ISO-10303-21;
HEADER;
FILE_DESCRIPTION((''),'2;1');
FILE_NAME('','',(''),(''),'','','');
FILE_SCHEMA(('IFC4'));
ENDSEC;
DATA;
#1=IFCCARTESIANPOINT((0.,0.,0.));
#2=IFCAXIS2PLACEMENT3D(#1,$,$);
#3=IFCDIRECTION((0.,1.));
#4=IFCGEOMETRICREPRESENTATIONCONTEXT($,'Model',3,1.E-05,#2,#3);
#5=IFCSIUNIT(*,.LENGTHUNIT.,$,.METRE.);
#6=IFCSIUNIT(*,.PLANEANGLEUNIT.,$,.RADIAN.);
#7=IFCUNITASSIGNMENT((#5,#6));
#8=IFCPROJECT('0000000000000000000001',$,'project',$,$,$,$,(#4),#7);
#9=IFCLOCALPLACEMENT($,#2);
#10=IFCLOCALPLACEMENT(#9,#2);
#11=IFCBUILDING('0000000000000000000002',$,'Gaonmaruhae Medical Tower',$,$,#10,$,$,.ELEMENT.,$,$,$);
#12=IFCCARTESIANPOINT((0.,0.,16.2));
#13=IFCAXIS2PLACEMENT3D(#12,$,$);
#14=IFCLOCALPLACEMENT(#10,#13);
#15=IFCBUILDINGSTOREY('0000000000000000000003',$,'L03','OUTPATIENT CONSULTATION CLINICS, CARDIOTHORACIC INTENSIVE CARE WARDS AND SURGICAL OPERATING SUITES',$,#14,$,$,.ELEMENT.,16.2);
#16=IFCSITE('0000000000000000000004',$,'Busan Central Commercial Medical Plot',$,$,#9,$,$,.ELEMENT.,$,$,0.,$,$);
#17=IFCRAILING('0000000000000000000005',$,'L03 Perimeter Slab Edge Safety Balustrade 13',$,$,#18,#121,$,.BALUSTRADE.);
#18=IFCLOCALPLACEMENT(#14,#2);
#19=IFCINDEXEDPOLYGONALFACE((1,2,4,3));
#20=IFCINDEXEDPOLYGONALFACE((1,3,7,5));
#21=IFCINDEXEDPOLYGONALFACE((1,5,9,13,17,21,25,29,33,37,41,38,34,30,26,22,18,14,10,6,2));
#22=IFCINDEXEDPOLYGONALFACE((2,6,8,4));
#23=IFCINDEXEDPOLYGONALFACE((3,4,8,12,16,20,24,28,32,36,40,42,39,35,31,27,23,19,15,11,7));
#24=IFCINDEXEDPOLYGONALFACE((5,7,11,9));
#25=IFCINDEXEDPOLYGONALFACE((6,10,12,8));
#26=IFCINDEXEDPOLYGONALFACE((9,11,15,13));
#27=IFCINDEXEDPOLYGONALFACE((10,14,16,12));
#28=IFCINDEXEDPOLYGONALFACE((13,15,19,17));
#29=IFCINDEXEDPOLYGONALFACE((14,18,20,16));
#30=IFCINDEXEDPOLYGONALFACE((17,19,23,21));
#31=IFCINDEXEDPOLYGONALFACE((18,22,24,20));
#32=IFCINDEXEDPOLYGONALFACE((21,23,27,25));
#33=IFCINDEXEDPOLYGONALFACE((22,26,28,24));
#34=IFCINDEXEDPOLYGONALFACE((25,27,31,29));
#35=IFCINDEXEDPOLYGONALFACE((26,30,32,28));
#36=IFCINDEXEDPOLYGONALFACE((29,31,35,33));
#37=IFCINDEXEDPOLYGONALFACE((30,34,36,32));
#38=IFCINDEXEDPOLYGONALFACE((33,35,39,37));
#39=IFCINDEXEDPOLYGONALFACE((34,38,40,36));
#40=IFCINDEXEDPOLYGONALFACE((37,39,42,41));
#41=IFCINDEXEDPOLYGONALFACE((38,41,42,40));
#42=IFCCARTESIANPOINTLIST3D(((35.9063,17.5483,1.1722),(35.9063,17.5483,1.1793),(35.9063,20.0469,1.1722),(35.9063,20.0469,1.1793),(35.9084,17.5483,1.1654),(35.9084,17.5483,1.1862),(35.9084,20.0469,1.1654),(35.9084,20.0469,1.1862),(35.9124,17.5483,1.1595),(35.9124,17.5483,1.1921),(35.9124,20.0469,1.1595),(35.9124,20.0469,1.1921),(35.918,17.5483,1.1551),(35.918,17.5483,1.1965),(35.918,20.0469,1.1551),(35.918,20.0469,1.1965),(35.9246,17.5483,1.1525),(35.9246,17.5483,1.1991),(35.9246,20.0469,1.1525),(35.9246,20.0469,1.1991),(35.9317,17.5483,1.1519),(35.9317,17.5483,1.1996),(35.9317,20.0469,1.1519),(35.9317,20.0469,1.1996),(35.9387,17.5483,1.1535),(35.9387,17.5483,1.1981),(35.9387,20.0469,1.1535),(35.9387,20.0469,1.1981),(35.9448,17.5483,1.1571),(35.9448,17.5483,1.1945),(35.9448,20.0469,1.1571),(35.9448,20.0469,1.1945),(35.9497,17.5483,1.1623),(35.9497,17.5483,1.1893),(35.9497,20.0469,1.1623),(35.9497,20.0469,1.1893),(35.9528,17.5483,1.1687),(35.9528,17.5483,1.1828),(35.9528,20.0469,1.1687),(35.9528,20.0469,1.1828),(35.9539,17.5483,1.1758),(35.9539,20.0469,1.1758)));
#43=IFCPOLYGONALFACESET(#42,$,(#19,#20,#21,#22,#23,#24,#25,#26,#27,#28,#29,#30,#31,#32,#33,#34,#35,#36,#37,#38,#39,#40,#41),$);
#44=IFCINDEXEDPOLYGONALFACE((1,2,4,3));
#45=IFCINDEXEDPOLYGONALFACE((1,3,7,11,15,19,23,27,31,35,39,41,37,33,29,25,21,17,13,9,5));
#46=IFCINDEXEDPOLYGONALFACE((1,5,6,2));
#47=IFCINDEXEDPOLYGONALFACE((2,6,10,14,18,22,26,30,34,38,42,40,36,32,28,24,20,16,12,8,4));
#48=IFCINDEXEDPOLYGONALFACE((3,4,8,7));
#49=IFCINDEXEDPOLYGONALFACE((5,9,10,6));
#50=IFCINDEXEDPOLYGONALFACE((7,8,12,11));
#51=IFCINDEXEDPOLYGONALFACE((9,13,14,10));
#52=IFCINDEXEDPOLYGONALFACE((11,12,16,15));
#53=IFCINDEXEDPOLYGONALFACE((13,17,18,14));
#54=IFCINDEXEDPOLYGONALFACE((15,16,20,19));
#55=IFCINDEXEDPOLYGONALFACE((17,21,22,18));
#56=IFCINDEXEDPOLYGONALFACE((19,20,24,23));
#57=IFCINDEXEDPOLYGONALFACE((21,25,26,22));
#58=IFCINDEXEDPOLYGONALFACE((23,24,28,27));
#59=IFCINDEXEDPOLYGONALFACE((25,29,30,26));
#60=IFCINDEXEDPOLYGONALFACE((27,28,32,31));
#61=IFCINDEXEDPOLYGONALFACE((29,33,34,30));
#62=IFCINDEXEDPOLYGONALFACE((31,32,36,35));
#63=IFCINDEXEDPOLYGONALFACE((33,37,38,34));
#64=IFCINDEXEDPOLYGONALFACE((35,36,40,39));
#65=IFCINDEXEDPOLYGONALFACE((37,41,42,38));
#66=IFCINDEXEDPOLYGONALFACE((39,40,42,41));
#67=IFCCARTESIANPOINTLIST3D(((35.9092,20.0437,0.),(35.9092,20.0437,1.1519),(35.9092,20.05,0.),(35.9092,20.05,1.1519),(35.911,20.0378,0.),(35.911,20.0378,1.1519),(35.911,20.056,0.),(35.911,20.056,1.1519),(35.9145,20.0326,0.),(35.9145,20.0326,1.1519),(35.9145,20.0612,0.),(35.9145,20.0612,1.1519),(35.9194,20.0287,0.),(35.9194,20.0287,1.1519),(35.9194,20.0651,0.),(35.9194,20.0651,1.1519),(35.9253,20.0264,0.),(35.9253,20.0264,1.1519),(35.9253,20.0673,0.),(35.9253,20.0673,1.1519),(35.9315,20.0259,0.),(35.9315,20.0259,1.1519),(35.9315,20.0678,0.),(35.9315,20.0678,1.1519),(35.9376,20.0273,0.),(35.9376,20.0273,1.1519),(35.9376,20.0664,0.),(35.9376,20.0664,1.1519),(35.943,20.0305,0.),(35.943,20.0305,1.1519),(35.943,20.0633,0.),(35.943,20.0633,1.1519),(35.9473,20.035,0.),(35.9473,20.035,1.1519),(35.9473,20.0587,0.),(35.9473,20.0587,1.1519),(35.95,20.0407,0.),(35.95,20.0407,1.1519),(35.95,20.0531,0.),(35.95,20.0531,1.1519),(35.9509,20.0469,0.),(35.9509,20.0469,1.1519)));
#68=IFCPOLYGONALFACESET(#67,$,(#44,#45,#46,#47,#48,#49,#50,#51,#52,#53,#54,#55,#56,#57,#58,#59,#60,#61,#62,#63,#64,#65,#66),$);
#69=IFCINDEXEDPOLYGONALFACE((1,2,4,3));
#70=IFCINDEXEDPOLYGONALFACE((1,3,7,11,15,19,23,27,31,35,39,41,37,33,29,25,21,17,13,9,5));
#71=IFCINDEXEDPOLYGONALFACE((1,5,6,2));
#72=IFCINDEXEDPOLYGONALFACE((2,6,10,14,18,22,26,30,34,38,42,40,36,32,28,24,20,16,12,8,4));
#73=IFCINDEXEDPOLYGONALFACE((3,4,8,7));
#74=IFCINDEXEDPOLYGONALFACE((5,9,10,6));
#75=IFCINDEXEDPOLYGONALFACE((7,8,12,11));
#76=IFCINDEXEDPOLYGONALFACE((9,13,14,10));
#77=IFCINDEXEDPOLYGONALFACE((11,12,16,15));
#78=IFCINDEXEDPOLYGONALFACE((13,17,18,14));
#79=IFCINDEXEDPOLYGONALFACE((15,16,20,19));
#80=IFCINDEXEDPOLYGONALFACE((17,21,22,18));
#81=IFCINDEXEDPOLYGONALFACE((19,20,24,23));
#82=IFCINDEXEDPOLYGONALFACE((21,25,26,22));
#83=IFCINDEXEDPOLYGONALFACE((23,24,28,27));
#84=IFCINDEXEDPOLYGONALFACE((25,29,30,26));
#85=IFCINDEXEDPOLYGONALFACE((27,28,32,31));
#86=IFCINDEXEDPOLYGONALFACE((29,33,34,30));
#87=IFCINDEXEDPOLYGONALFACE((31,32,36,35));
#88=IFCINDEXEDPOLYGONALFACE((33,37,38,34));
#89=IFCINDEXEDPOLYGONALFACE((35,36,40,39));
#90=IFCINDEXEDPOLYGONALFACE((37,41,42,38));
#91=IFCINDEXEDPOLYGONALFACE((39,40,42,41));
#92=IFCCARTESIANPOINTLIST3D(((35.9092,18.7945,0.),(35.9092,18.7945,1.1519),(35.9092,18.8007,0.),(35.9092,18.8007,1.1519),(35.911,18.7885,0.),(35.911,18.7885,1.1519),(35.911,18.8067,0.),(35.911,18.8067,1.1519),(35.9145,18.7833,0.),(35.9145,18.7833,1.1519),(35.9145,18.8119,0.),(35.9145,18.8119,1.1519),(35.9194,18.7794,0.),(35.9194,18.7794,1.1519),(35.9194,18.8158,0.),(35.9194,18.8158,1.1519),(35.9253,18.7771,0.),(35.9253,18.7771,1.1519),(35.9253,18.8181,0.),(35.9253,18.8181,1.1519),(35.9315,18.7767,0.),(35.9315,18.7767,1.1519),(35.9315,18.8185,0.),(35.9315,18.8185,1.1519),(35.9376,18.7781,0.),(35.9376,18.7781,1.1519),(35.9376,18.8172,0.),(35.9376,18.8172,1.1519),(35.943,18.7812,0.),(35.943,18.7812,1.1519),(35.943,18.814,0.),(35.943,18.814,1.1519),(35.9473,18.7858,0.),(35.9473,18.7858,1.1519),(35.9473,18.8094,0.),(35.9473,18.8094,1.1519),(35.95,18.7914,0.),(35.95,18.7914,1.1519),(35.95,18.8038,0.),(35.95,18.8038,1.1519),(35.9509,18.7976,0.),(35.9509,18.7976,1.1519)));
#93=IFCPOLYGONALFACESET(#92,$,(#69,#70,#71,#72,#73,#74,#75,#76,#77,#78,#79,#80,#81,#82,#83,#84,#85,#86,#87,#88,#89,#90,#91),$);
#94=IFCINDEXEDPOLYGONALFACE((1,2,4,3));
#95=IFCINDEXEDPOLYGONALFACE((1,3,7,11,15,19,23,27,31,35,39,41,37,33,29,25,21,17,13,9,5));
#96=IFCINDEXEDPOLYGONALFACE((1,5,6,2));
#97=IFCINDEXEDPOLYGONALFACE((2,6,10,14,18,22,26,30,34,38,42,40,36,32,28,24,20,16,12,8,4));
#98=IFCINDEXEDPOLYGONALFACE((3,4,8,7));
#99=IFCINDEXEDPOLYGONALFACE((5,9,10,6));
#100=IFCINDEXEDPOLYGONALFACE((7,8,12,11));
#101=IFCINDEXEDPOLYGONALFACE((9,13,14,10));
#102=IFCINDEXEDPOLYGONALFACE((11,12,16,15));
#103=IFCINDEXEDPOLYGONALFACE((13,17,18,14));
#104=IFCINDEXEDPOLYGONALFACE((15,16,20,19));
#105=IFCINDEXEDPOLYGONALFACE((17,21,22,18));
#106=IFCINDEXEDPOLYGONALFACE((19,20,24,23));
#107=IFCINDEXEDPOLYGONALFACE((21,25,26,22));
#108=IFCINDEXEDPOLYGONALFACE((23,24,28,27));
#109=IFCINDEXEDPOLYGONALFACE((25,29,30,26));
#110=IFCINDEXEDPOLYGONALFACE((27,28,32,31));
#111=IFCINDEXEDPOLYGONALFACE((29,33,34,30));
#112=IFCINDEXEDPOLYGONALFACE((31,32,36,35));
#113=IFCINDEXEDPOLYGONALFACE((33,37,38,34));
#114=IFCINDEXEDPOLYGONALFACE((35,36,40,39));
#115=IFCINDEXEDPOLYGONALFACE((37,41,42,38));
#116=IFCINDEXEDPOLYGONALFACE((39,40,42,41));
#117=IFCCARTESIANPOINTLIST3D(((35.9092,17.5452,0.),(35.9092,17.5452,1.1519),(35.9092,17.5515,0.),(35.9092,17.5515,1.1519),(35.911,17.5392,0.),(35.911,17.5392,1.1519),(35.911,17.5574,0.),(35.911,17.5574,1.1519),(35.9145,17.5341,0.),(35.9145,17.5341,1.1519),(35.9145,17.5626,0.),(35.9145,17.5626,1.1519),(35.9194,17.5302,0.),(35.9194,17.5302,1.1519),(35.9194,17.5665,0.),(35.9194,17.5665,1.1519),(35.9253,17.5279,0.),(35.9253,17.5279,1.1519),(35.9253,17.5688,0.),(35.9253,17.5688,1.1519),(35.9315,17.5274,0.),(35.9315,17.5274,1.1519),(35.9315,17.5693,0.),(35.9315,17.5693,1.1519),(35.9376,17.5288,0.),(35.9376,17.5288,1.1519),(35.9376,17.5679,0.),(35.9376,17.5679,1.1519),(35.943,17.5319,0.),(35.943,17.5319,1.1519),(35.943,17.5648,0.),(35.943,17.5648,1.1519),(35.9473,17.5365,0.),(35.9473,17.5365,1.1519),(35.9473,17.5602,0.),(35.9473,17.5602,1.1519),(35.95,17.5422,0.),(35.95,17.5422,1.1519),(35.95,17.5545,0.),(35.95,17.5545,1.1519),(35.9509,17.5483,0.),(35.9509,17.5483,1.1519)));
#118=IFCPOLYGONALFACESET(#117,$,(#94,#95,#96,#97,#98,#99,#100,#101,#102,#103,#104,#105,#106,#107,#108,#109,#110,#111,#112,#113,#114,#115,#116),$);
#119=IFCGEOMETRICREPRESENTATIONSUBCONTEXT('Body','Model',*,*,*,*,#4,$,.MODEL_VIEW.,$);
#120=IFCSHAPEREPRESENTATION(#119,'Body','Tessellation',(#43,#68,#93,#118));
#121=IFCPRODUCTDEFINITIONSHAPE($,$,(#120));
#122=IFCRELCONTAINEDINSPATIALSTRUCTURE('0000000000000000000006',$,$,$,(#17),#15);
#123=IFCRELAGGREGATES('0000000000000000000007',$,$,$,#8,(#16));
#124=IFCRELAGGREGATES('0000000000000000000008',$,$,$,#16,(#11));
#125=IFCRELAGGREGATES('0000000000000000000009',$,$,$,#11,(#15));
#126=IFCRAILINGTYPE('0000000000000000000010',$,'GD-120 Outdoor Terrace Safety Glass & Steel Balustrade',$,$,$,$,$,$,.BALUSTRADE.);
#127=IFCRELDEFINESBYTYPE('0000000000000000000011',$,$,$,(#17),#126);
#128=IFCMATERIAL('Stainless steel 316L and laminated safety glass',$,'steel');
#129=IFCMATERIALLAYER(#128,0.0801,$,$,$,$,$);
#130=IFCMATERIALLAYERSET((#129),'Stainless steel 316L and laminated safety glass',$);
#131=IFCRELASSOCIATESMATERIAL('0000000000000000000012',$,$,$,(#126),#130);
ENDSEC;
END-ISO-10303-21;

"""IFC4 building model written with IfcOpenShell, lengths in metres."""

from ifc_helpers import new_model, si_unit, direction, frame, origin, origin_2d, place, context, subcontext, project, spatial, circle, extrude, material, layer, layer_set, type_object, element, save


model = new_model("IFC4")

# Units and contexts
model_context = context("Model", 3, precision=1e-05, world=origin(), true_north=direction((0.0, 1.0)))
body_context = subcontext(model_context, "Body", "Model", "MODEL_VIEW")
ifc_project = project(units=[si_unit("LENGTHUNIT", "METRE"), si_unit("PLANEANGLEUNIT", "RADIAN")], contexts=[model_context])

# Site, building, storey
site_placement = place(None, origin())
site = spatial("IfcSite", under=ifc_project, at=site_placement, Name="Busan Central Commercial Medical Plot", CompositionType="ELEMENT", RefElevation=0.0)
building_placement = place(site_placement, origin())
building = spatial("IfcBuilding", under=site, at=building_placement, Name="Gaonmaruhae Medical Tower", CompositionType="ELEMENT")
storey_placement = place(building_placement, frame((0.0, 0.0, 16.2)))
storey = spatial("IfcBuildingStorey", under=building, at=storey_placement, Name="L03", Description="OUTPATIENT CONSULTATION CLINICS, CARDIOTHORACIC INTENSIVE CARE WARDS AND SURGICAL OPERATING SUITES", CompositionType="ELEMENT", Elevation=16.2)

# Railing
ifc_material_1 = material(Name="Stainless steel 316L and laminated safety glass", Category="steel")
ifc_layer_1 = layer(ifc_material_1, 0.0801)
ifc_layer_set_1 = layer_set([ifc_layer_1], Name="Stainless steel 316L and laminated safety glass")
railing_type_1 = type_object("IfcRailingType", Name="GD-120 Outdoor Terrace Safety Glass & Steel Balustrade", PredefinedType="BALUSTRADE", material=ifc_layer_set_1)
railing_1_placement = place(storey_placement, frame((35.9299, 20.0469, 0.0)))
element("IfcRailing", 1, at=railing_1_placement, inside=storey, type_object=railing_type_1, Name="L03 Perimeter Slab Edge Safety Balustrade 13", PredefinedType="BALUSTRADE", context=body_context, shape_type="SweptSolid", body=[
    extrude(circle(Radius=0.0239, at=origin_2d()), frame((0.0, 0.0, 1.1758), z_axis=(0.0, -1.0, 0.0), x_axis=(1.0, 0.0, 0.0)), (0.0, 0.0, 1.0), 2.4985),
    extrude(circle(Radius=0.021, at=origin_2d()), origin(), (0.0, 0.0, 1.0), 1.1519),
    extrude(circle(Radius=0.021, at=origin_2d()), frame((0.0, -1.2493, 0.0)), (0.0, 0.0, 1.0), 1.1519),
    extrude(circle(Radius=0.021, at=origin_2d()), frame((0.0, -2.4985, 0.0)), (0.0, 0.0, 1.0), 1.1519),
])

save(model, "model.ifc")
